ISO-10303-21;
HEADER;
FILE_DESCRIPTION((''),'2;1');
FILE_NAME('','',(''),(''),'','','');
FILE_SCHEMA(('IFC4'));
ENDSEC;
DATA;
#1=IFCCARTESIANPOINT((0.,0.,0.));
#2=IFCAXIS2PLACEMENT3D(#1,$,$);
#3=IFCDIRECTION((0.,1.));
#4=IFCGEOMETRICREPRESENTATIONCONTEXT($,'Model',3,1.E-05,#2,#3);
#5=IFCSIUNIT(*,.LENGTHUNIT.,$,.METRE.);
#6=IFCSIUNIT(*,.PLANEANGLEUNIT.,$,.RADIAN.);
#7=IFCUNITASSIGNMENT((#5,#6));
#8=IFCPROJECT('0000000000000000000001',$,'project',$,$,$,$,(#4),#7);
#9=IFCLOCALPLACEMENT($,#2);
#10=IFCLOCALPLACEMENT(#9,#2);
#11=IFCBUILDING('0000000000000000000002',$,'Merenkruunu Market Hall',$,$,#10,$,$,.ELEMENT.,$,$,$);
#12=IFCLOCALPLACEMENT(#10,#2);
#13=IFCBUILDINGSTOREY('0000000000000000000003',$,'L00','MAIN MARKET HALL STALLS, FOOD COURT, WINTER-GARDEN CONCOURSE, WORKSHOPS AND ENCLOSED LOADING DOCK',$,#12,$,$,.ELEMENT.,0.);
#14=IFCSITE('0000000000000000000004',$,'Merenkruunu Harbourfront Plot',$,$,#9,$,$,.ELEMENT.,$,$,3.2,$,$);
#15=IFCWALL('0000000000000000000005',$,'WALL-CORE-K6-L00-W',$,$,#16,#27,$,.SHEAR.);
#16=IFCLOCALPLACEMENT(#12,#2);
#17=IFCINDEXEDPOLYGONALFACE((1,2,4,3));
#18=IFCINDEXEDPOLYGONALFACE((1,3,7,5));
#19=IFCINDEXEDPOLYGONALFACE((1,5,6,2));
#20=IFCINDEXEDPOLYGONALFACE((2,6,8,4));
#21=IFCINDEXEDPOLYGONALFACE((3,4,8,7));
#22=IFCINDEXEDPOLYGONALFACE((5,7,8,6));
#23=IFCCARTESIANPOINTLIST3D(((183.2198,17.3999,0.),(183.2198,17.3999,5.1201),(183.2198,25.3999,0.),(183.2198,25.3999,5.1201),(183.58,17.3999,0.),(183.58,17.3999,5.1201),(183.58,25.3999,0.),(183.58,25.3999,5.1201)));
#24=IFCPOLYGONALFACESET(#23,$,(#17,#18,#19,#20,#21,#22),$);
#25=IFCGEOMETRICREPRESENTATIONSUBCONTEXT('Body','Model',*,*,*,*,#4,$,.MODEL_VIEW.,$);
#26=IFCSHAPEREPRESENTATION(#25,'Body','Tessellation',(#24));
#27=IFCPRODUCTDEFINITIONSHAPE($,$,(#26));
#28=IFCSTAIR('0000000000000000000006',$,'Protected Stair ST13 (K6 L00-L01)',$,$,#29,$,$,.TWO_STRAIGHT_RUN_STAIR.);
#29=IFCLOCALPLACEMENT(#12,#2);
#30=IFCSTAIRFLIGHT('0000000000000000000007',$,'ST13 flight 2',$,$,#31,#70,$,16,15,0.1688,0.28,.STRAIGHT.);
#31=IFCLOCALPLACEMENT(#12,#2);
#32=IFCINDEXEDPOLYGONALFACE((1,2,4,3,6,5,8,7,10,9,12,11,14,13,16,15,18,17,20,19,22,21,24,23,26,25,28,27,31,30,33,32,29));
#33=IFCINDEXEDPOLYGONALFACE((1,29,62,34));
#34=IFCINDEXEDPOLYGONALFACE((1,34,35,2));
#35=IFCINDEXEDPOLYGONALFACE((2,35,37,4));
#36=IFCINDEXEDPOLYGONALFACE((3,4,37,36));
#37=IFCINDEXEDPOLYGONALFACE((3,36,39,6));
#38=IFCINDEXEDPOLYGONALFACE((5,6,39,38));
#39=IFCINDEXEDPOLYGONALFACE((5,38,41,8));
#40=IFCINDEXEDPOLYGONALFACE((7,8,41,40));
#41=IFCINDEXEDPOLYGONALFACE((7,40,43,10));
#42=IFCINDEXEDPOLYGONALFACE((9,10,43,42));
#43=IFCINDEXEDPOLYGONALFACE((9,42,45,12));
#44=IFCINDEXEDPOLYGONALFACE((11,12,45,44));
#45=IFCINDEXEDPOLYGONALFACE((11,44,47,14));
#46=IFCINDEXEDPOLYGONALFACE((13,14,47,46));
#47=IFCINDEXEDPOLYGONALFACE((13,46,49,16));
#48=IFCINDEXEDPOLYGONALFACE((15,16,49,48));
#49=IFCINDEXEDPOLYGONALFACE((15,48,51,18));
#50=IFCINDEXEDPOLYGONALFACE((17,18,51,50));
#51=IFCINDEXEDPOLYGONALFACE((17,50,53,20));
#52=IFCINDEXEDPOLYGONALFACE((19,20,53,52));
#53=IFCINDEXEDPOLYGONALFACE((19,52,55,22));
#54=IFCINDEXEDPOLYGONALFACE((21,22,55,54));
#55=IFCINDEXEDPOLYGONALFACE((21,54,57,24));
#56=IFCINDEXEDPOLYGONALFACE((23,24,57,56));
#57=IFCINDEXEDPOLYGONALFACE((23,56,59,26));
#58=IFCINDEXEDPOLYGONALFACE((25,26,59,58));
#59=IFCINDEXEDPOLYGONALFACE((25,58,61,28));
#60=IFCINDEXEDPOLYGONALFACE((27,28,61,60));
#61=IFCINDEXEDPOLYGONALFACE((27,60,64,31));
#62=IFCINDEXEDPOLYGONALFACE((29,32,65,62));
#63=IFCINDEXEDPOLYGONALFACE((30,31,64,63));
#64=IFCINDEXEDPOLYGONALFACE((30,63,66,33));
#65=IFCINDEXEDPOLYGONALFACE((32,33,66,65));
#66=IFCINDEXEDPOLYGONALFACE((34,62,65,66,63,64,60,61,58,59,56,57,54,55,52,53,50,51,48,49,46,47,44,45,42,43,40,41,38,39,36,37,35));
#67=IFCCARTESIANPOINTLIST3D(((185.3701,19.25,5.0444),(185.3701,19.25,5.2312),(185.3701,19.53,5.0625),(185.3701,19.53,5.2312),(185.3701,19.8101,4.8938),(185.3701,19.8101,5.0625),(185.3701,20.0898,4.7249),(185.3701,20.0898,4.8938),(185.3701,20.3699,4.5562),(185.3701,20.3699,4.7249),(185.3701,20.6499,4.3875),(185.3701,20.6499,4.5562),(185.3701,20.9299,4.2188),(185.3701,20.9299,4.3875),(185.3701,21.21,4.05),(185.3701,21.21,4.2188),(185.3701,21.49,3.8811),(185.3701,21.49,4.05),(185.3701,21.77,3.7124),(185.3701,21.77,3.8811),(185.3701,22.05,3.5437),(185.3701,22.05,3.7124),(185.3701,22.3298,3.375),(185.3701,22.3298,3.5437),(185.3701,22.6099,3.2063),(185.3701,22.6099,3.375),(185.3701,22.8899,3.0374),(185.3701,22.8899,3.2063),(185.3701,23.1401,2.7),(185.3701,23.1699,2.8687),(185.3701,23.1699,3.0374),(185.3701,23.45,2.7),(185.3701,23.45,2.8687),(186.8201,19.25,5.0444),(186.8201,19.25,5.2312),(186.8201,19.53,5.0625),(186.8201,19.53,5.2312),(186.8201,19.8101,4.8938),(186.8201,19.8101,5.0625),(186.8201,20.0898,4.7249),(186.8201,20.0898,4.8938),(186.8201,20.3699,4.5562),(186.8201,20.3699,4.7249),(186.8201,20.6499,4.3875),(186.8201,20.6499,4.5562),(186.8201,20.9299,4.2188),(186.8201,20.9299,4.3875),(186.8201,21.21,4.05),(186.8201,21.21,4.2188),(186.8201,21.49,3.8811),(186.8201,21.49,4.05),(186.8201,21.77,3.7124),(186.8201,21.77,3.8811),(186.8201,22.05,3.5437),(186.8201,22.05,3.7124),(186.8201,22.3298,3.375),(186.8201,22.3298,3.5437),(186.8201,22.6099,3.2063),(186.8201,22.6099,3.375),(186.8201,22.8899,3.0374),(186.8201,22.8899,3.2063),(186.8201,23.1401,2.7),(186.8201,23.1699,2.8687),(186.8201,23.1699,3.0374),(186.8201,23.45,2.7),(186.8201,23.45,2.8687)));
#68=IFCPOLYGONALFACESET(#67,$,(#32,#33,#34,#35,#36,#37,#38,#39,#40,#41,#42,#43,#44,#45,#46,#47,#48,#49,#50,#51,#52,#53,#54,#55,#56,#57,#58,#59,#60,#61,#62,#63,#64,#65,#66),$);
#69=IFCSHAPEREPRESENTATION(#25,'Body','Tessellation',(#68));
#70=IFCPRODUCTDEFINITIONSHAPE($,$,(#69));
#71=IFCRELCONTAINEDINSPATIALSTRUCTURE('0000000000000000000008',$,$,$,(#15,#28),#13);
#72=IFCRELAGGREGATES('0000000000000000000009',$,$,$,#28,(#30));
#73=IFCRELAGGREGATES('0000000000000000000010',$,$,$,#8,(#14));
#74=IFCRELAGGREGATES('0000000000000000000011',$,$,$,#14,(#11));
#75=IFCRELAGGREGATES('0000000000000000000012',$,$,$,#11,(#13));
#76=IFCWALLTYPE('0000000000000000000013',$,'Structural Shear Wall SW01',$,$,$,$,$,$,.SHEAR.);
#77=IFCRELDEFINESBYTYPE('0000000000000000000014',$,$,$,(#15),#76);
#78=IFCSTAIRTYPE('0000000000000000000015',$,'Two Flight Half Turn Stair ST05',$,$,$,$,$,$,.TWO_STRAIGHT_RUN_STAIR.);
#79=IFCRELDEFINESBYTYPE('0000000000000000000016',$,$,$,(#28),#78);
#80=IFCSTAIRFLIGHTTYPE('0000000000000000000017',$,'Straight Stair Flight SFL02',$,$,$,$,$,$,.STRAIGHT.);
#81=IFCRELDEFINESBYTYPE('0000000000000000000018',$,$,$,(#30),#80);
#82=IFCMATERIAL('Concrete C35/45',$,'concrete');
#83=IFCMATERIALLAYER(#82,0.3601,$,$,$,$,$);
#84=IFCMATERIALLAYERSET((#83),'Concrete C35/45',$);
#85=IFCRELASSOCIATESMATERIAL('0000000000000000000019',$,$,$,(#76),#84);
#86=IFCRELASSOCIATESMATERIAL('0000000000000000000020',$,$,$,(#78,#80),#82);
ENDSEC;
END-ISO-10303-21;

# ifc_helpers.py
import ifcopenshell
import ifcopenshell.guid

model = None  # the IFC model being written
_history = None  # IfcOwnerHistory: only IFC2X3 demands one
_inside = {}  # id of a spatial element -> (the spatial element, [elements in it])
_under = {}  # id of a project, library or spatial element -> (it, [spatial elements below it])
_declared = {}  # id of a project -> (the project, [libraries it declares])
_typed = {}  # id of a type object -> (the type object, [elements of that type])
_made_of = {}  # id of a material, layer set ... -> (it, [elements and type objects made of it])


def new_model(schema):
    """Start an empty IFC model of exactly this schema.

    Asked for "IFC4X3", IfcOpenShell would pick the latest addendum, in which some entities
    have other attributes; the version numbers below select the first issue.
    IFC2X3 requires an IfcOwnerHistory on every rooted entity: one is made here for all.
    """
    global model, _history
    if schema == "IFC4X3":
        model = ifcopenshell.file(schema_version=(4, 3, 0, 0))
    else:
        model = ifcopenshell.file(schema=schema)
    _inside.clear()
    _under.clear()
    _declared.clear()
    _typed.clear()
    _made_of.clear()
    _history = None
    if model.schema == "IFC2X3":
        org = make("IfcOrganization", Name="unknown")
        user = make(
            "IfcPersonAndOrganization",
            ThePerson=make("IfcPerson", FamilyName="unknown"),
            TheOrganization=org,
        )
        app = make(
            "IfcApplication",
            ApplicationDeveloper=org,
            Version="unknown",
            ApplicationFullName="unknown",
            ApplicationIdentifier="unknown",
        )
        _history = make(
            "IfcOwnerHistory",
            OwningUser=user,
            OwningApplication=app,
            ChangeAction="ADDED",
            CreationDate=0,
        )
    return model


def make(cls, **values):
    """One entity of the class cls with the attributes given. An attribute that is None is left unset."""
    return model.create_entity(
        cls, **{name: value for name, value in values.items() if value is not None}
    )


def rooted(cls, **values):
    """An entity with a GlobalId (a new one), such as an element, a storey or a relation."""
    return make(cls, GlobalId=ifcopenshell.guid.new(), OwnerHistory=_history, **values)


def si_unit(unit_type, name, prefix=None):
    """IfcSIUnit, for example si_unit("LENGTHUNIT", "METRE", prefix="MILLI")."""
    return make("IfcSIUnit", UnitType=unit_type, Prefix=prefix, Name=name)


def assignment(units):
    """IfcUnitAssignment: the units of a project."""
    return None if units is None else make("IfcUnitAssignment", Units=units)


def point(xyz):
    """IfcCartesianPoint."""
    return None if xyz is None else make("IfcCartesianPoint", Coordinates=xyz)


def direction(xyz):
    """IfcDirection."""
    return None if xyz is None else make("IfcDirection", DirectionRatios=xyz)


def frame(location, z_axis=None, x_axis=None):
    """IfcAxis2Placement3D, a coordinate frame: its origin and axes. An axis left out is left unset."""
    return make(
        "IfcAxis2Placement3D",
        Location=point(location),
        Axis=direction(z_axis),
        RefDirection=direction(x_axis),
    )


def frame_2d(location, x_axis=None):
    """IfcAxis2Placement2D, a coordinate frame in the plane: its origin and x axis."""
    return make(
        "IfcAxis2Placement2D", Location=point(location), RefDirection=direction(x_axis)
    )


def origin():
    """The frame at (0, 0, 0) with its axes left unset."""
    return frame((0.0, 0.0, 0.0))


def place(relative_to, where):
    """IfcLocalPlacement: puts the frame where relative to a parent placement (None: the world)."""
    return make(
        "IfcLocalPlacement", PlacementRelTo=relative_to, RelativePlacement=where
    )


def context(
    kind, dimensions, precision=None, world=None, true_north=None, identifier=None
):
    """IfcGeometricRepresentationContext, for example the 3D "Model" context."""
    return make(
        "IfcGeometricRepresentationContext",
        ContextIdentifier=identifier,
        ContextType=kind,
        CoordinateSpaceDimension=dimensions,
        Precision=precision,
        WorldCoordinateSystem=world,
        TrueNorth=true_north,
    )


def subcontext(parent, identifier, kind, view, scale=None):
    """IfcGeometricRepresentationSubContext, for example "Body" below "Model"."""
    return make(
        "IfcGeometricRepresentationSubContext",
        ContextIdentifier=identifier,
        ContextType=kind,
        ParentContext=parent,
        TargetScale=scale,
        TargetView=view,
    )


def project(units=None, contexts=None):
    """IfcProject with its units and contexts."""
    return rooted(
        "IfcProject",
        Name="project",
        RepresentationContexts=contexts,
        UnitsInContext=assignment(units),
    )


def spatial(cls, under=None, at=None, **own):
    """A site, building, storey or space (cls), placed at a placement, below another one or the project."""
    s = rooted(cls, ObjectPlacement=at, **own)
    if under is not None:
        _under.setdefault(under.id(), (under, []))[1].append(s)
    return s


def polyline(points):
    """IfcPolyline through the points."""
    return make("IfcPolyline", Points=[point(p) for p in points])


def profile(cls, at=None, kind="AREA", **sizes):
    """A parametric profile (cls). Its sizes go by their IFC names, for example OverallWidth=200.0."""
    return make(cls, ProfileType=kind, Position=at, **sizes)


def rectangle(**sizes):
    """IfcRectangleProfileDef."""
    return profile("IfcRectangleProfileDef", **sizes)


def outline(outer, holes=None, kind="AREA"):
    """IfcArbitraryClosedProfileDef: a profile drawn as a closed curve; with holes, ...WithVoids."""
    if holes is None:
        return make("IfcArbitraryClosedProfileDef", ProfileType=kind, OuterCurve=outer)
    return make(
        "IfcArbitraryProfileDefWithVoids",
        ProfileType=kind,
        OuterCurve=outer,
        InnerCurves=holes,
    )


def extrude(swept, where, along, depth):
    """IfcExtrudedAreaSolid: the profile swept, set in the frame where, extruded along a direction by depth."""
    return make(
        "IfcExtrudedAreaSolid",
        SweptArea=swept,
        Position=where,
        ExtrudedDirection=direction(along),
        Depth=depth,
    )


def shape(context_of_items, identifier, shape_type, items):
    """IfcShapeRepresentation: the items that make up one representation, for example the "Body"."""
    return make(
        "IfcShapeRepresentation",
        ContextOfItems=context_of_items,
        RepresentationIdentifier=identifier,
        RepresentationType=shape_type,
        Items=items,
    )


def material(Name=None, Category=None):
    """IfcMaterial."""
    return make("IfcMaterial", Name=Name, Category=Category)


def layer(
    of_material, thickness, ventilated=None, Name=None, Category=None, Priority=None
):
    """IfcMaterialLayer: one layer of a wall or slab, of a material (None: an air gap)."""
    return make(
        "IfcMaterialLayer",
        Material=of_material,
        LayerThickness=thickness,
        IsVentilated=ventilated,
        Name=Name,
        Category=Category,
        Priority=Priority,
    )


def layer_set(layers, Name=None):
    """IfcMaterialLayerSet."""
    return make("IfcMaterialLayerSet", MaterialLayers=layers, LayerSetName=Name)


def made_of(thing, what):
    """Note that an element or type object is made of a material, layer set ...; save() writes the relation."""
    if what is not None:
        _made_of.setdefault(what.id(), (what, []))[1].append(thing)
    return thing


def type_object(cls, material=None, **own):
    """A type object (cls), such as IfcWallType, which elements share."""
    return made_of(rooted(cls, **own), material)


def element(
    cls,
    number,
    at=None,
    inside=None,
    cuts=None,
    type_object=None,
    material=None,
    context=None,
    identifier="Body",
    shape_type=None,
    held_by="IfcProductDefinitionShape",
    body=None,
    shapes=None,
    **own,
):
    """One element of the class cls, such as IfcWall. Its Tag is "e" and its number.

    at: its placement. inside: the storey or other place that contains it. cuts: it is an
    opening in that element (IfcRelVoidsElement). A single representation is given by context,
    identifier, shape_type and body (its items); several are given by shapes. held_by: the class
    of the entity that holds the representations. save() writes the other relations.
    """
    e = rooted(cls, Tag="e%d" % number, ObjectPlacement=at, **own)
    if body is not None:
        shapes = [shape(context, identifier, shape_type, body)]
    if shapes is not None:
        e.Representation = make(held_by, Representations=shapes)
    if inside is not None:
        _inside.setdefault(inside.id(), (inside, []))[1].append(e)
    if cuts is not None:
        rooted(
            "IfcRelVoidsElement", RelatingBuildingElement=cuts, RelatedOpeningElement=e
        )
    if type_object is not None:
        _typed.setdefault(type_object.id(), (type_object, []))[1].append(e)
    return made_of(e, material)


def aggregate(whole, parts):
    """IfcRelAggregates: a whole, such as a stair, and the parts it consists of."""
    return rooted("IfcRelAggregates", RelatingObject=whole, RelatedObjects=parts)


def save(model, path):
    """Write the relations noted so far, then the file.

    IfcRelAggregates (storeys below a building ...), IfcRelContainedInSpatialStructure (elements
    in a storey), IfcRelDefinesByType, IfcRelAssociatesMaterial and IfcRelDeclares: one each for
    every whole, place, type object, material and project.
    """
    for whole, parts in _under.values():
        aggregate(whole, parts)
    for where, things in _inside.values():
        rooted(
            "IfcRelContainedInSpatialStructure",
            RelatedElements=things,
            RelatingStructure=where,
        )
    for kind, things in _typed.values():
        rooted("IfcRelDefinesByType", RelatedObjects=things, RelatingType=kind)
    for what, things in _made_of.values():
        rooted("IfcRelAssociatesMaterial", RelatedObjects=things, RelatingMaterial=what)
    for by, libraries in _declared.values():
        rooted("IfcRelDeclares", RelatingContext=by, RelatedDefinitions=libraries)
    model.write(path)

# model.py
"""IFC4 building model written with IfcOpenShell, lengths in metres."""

from ifc_helpers import new_model, si_unit, direction, frame, frame_2d, origin, place, context, subcontext, project, spatial, polyline, rectangle, outline, extrude, material, layer, layer_set, type_object, element, aggregate, save


model = new_model("IFC4")

# Units and contexts
model_context = context("Model", 3, precision=1e-05, world=origin(), true_north=direction((0.0, 1.0)))
body_context = subcontext(model_context, "Body", "Model", "MODEL_VIEW")
ifc_project = project(units=[si_unit("LENGTHUNIT", "METRE"), si_unit("PLANEANGLEUNIT", "RADIAN")], contexts=[model_context])

# Site, building, storey
site_placement = place(None, origin())
site = spatial("IfcSite", under=ifc_project, at=site_placement, Name="Merenkruunu Harbourfront Plot", CompositionType="ELEMENT", RefElevation=3.2)
building_placement = place(site_placement, origin())
building = spatial("IfcBuilding", under=site, at=building_placement, Name="Merenkruunu Market Hall", CompositionType="ELEMENT")
storey_placement = place(building_placement, origin())
storey = spatial("IfcBuildingStorey", under=building, at=storey_placement, Name="L00", Description="MAIN MARKET HALL STALLS, FOOD COURT, WINTER-GARDEN CONCOURSE, WORKSHOPS AND ENCLOSED LOADING DOCK", CompositionType="ELEMENT", Elevation=0.0)

# Wall
ifc_material_1 = material(Name="Concrete C35/45", Category="concrete")
ifc_layer_1 = layer(ifc_material_1, 0.3601)
ifc_layer_set_1 = layer_set([ifc_layer_1], Name="Concrete C35/45")
wall_type_1 = type_object("IfcWallType", Name="Structural Shear Wall SW01", PredefinedType="SHEAR", material=ifc_layer_set_1)
wall_1_placement = place(storey_placement, frame((183.3999, 25.3999, 0.0), z_axis=(0.0, 0.0, 1.0), x_axis=(0.0, -1.0, 0.0)))
element("IfcWall", 1, at=wall_1_placement, inside=storey, type_object=wall_type_1, Name="WALL-CORE-K6-L00-W", PredefinedType="SHEAR", context=body_context, shape_type="SweptSolid", body=[
    extrude(rectangle(XDim=8.0, YDim=0.3601, at=frame_2d((4.0, 0.0))), origin(), (0.0, 0.0, 1.0), 5.1201),
])

# Stair, stair flight
stair_type = type_object("IfcStairType", Name="Two Flight Half Turn Stair ST05", PredefinedType="TWO_STRAIGHT_RUN_STAIR", material=ifc_material_1)
stair_placement = place(storey_placement, origin())
stair = element("IfcStair", 2, at=stair_placement, inside=storey, type_object=stair_type, Name="Protected Stair ST13 (K6 L00-L01)", PredefinedType="TWO_STRAIGHT_RUN_STAIR")
stair_flight_type = type_object("IfcStairFlightType", Name="Straight Stair Flight SFL02", PredefinedType="STRAIGHT", material=ifc_material_1)
stair_flight_placement = place(storey_placement, frame((186.095, 23.45, 2.7), z_axis=(0.0, 0.0, 1.0), x_axis=(0.0, -1.0, 0.0)))
stair_flight = element("IfcStairFlight", 3, at=stair_flight_placement, type_object=stair_flight_type, Name="ST13 flight 2", NumberOfRisers=16, NumberOfTreads=15, PredefinedType="STRAIGHT", RiserHeight=0.1688, TreadLength=0.28, context=body_context, shape_type="SweptSolid", body=[
    extrude(outline(polyline([(0.0, 0.0), (0.0, 0.1687), (0.28, 0.1687), (0.28, 0.3374), (0.5601, 0.3374), (0.5601, 0.5063), (0.8401, 0.5063), (0.8401, 0.675), (1.1201, 0.675), (1.1201, 0.8438), (1.3999, 0.8438), (1.3999, 1.0125), (1.6799, 1.0125), (1.6799, 1.1812), (1.96, 1.1812), (1.96, 1.3501), (2.24, 1.3501), (2.24, 1.5188), (2.52, 1.5188), (2.52, 1.6875), (2.8, 1.6875), (2.8, 1.8562), (3.0801, 1.8562), (3.0801, 2.0249), (3.3601, 2.0249), (3.3601, 2.1938), (3.6399, 2.1938), (3.6399, 2.3625), (3.9199, 2.3625), (3.9199, 2.5312), (4.2, 2.5312), (4.2, 2.7), (4.2, 2.3445), (0.3098, 0.0), (0.0, 0.0)])), frame((0.0, 0.7251, 0.0), z_axis=(0.0, -1.0, 0.0), x_axis=(1.0, 0.0, 0.0)), (0.0, 0.0, 1.0), 1.45),
])
aggregate(stair, [stair_flight])

save(model, "model.ifc")
